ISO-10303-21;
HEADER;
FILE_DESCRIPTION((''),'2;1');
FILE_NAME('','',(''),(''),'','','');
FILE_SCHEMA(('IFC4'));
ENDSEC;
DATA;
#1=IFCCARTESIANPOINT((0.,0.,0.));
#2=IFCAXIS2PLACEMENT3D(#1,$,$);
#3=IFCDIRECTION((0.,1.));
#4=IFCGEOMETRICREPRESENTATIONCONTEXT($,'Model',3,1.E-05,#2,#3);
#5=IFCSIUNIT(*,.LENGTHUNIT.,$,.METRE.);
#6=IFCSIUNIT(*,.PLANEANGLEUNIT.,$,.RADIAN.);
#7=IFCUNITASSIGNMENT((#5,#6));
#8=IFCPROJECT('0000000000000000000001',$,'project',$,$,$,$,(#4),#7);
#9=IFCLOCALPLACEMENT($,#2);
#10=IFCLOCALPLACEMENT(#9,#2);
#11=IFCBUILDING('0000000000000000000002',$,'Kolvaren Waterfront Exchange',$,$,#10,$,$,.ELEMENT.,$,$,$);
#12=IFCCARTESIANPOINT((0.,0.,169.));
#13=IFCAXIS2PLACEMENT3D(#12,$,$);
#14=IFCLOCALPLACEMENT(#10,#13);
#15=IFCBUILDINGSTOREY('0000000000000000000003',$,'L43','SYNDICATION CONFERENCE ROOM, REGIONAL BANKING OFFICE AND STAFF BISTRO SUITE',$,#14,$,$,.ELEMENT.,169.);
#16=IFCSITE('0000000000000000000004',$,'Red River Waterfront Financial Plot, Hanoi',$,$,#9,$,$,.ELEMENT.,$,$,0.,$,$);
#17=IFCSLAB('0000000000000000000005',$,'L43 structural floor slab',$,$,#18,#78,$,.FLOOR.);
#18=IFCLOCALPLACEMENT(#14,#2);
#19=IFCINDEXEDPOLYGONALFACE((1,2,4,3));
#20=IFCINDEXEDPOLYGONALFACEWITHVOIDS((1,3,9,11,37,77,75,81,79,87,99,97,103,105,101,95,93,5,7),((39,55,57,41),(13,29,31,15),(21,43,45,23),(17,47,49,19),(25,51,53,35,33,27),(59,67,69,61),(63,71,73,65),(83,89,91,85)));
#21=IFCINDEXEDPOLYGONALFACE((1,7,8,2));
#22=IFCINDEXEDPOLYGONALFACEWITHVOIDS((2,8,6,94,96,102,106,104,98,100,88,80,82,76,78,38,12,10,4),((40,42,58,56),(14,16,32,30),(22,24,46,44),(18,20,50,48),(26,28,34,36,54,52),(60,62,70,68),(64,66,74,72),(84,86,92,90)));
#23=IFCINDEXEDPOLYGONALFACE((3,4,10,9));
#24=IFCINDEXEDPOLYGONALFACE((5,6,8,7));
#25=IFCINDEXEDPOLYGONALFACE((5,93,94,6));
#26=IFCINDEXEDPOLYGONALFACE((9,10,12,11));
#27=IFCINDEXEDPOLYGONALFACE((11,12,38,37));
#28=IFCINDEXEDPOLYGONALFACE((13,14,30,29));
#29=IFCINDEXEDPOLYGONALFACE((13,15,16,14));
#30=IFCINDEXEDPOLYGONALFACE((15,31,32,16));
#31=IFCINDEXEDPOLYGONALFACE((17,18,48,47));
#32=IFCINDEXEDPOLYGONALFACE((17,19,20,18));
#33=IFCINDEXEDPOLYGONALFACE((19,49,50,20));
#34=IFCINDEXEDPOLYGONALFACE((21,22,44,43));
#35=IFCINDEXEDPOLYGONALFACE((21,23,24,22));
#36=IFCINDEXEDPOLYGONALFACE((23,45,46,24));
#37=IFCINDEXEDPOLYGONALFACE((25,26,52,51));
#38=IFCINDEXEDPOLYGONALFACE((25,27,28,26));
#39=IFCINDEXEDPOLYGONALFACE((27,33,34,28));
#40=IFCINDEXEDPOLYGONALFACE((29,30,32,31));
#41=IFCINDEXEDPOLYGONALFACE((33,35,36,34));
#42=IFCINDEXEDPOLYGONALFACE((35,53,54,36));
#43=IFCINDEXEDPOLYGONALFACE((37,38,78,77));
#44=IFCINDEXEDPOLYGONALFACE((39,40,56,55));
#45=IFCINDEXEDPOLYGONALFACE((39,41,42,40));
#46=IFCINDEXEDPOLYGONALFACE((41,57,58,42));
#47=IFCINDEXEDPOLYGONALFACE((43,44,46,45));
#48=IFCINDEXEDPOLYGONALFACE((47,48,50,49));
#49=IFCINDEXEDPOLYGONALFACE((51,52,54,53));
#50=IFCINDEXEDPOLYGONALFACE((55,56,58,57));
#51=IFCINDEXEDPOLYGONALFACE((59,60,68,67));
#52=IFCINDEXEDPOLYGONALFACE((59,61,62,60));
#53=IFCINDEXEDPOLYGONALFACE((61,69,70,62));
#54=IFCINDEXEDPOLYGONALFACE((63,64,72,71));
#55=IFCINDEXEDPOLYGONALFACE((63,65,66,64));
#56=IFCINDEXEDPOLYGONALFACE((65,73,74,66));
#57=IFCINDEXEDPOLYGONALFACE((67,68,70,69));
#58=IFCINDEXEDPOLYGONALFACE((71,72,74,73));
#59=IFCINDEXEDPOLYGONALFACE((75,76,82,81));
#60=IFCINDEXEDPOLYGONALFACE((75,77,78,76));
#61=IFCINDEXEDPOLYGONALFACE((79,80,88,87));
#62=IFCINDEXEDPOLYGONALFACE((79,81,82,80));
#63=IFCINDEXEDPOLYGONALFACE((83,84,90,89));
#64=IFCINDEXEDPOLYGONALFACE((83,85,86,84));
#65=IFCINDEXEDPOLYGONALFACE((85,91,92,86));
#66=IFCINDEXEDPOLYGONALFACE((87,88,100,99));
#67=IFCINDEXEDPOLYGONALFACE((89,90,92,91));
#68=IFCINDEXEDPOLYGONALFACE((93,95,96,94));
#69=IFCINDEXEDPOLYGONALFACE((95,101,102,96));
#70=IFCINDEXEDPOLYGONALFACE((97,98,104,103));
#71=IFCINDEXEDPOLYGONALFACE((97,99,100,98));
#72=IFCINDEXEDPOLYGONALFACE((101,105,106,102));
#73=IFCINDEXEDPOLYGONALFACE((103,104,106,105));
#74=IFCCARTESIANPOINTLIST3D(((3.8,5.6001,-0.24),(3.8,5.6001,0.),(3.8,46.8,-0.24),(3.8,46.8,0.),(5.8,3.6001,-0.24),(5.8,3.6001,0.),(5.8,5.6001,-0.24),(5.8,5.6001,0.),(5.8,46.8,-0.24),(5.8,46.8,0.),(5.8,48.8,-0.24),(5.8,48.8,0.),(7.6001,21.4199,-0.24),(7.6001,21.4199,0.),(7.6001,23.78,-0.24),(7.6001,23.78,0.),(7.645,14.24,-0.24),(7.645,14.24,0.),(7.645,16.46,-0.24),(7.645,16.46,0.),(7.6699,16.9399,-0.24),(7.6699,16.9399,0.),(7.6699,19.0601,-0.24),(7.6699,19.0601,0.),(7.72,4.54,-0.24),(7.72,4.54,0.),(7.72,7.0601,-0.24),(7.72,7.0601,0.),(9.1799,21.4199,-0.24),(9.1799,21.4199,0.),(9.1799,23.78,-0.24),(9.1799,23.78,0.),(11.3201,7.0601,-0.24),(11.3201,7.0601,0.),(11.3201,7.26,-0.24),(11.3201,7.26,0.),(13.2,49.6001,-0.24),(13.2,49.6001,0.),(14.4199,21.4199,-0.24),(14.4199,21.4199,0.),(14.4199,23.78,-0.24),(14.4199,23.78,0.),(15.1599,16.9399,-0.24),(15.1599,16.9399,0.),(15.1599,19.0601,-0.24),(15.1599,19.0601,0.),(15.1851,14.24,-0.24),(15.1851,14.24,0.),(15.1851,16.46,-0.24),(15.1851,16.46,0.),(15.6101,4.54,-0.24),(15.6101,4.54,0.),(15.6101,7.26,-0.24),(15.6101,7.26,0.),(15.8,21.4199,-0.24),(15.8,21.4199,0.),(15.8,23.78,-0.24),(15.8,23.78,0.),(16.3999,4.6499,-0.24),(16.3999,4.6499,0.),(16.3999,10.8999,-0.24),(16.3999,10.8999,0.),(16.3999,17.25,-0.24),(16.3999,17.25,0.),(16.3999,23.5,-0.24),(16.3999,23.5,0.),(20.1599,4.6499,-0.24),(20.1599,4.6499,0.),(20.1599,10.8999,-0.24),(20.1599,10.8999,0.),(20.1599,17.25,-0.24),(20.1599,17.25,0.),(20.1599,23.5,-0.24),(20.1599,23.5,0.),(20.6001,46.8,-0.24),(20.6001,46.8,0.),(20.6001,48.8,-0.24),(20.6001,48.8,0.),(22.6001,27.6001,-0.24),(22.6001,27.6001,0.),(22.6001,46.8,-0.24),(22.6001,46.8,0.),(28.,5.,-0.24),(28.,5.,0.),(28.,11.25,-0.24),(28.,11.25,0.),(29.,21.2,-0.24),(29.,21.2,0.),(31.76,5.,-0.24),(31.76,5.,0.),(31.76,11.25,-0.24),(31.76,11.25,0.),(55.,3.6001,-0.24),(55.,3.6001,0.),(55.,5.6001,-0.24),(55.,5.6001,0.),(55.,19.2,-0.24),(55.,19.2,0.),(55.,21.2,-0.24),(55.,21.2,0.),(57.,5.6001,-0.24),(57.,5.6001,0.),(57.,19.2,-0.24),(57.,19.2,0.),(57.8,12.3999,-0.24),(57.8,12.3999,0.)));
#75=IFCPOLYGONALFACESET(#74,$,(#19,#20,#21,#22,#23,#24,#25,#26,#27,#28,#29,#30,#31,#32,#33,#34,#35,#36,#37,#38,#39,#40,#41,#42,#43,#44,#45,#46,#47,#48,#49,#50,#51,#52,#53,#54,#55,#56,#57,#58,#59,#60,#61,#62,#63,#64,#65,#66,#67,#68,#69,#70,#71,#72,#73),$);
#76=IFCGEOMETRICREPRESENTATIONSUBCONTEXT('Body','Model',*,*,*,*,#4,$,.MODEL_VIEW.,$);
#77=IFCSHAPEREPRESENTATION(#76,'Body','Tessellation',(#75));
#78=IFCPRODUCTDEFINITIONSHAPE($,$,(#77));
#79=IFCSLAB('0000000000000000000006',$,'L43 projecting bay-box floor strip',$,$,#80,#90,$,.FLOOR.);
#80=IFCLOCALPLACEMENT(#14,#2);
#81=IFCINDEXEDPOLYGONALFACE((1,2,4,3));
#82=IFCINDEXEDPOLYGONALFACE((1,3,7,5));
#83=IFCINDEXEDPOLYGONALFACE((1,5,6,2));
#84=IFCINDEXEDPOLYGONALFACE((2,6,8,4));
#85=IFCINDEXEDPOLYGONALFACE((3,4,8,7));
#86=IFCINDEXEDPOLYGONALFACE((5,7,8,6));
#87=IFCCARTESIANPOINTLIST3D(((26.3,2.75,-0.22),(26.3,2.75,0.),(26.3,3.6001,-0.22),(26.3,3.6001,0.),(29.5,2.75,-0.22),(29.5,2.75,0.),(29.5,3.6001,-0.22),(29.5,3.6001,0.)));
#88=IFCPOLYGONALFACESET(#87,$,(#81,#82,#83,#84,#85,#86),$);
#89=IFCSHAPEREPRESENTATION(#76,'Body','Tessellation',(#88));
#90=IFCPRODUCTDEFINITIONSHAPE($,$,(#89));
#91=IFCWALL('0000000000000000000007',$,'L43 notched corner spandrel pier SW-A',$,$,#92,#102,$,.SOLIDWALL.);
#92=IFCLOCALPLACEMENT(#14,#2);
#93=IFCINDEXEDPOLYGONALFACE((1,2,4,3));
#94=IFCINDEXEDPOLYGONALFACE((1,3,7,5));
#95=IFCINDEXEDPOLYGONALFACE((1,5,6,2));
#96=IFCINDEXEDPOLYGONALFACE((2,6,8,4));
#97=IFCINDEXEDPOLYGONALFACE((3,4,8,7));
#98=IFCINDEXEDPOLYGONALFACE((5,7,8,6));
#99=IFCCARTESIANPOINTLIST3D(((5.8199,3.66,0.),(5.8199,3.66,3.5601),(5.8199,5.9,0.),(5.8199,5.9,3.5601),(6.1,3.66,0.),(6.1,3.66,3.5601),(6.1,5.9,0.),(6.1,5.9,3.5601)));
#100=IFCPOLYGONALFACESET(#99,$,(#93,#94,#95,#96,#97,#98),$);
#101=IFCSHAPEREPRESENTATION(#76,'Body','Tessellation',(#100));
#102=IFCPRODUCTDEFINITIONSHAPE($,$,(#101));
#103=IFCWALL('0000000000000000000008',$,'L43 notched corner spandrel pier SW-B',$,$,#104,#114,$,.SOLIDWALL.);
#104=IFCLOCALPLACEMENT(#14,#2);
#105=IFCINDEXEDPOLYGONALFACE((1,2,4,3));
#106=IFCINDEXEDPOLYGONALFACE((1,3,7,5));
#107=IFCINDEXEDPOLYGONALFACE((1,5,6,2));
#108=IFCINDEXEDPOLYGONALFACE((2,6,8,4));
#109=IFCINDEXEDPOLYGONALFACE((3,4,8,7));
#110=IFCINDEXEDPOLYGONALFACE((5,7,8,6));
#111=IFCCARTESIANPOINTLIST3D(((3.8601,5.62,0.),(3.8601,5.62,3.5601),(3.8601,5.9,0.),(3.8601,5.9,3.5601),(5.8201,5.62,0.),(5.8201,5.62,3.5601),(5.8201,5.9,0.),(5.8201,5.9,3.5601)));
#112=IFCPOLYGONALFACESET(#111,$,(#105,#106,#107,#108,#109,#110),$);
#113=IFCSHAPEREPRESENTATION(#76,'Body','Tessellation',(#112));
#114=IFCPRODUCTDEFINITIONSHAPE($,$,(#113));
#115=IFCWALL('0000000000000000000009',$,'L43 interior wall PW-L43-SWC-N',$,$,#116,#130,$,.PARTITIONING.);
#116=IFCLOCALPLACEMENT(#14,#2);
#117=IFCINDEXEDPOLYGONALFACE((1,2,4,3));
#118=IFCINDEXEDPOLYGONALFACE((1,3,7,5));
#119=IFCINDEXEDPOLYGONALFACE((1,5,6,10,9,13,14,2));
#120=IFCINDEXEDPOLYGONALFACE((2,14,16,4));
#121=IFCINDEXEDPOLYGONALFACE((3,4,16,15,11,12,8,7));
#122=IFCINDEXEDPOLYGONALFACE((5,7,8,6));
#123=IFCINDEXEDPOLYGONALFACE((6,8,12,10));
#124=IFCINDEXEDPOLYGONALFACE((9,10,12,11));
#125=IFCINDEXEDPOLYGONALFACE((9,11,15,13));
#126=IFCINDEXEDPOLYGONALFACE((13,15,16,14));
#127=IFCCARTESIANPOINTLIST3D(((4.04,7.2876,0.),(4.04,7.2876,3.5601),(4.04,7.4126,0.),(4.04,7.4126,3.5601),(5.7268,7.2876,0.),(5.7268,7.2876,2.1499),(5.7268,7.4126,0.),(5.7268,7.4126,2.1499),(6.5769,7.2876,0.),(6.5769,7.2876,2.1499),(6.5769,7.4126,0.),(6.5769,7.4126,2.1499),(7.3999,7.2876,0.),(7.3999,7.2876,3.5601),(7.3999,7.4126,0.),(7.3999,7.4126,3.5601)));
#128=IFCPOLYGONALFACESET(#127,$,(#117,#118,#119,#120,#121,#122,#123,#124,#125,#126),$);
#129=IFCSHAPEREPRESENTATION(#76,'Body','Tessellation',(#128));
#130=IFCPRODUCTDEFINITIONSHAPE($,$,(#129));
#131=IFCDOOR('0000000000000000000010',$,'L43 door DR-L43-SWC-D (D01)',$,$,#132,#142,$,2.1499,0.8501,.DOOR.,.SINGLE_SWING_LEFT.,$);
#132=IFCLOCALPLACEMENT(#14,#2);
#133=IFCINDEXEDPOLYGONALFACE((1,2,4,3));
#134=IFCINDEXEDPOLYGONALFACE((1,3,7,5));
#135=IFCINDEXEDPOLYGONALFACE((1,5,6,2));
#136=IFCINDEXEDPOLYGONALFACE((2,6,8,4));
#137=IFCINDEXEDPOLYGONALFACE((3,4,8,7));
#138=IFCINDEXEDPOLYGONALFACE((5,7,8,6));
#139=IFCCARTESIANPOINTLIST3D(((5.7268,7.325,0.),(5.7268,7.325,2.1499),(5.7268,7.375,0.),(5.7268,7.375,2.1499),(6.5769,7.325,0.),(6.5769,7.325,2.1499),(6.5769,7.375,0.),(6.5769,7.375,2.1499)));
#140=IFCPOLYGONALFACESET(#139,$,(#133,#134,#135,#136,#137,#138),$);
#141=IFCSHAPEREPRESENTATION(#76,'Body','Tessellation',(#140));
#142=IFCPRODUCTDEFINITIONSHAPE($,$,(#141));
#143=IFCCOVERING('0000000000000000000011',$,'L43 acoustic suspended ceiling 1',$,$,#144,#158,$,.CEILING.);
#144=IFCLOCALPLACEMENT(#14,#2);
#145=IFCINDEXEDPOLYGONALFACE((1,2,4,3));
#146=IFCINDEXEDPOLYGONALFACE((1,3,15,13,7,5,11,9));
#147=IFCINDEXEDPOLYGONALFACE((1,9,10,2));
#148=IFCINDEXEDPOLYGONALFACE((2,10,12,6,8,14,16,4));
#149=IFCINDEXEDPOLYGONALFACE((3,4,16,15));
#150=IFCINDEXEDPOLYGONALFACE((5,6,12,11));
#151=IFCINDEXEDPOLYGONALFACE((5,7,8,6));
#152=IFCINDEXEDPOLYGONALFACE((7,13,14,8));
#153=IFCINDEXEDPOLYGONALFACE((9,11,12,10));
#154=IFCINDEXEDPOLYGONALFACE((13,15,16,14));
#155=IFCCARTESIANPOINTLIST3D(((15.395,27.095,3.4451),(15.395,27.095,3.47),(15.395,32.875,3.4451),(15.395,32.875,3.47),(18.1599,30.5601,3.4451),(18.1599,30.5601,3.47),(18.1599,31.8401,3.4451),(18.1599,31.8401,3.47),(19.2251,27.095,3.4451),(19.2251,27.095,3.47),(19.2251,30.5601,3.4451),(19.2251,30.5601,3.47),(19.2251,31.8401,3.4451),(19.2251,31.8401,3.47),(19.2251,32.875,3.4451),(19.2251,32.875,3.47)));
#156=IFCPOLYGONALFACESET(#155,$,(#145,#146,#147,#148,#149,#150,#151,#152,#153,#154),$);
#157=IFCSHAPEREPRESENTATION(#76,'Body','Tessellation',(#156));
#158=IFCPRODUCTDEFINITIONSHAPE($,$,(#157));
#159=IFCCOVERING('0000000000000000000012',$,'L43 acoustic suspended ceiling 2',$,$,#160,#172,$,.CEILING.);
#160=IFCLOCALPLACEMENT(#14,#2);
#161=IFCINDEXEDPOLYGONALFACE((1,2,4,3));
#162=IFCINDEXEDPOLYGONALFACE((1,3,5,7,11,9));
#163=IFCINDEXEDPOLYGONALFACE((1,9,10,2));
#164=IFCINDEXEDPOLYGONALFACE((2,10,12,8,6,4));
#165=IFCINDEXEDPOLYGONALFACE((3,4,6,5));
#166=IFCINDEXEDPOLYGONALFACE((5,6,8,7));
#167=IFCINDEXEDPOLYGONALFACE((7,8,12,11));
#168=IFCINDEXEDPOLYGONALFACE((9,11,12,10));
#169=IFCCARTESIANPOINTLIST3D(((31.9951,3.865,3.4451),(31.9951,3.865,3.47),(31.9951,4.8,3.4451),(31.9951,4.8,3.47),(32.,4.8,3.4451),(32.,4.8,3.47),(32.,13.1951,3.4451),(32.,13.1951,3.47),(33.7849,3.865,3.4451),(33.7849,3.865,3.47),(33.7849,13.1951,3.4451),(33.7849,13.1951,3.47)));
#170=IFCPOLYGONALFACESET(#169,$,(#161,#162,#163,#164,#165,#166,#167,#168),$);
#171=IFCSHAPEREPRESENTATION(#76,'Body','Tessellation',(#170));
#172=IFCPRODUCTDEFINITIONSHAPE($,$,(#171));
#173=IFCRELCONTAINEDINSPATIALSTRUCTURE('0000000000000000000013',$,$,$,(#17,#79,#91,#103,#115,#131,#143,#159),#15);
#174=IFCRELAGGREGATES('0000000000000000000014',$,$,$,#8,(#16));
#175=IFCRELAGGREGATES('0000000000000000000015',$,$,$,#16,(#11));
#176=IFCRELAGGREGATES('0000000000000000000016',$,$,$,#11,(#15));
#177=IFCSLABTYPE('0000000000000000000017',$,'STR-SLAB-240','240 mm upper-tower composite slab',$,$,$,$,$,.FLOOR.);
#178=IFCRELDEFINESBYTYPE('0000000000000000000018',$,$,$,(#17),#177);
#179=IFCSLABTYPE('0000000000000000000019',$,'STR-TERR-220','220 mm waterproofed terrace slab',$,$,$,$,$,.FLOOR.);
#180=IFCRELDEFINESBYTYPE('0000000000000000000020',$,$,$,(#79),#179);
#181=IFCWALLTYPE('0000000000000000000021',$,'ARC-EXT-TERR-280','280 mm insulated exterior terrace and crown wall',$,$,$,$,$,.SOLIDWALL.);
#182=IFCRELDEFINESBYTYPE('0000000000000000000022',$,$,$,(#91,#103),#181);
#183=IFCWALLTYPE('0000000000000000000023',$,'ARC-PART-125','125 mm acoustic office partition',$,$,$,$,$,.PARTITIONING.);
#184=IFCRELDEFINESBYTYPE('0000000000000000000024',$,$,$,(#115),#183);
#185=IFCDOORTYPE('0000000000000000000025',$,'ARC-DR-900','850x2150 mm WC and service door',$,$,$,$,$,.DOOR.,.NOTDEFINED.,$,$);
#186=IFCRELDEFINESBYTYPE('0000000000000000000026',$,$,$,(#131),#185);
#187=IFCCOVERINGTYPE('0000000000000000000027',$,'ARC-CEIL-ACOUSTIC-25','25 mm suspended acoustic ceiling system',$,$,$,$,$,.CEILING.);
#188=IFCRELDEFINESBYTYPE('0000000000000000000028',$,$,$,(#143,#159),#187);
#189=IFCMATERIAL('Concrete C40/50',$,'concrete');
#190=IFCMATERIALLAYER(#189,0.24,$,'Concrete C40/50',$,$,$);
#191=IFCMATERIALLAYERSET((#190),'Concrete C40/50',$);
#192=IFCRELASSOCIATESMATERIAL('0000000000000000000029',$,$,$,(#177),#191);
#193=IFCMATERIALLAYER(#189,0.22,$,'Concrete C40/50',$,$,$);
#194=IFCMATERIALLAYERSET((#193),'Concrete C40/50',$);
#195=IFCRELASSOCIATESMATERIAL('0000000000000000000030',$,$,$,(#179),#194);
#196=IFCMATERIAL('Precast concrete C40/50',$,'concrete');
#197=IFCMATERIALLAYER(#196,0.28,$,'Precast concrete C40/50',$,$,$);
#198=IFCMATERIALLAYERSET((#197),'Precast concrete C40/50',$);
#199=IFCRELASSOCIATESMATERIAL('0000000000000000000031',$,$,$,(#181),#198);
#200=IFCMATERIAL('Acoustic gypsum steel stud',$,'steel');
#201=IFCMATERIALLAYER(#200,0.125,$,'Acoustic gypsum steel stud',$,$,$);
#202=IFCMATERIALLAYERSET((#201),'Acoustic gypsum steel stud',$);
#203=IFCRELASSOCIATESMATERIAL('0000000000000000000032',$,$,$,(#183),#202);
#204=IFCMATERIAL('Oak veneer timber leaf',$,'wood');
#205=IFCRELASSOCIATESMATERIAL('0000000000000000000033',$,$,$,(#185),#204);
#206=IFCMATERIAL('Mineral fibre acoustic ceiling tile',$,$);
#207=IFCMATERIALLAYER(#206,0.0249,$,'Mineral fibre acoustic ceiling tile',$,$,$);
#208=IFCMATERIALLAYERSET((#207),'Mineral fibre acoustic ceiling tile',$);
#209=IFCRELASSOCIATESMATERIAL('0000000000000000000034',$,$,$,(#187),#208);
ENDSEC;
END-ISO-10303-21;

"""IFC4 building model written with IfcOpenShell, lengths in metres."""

from ifc_helpers import new_model, si_unit, direction, frame, frame_2d, origin, place, context, subcontext, project, spatial, polyline, rectangle, outline, extrude, material, layer, layer_set, type_object, element, fill, save


model = new_model("IFC4")

# Units and contexts
model_context = context("Model", 3, precision=1e-05, world=origin(), true_north=direction((0.0, 1.0)))
body_context = subcontext(model_context, "Body", "Model", "MODEL_VIEW")
ifc_project = project(units=[si_unit("LENGTHUNIT", "METRE"), si_unit("PLANEANGLEUNIT", "RADIAN")], contexts=[model_context])

# Site, building, storey
site_placement = place(None, origin())
site = spatial("IfcSite", under=ifc_project, at=site_placement, Name="Red River Waterfront Financial Plot, Hanoi", CompositionType="ELEMENT", RefElevation=0.0)
building_placement = place(site_placement, origin())
building = spatial("IfcBuilding", under=site, at=building_placement, Name="Kolvaren Waterfront Exchange", CompositionType="ELEMENT")
storey_placement = place(building_placement, frame((0.0, 0.0, 169.0)))
storey = spatial("IfcBuildingStorey", under=building, at=storey_placement, Name="L43", Description="SYNDICATION CONFERENCE ROOM, REGIONAL BANKING OFFICE AND STAFF BISTRO SUITE", CompositionType="ELEMENT", Elevation=169.0)

# Shared definitions
ifc_material_1 = material(Name="Concrete C40/50", Category="concrete")

# Slabs
ifc_layer_1 = layer(ifc_material_1, 0.24, Name="Concrete C40/50")
ifc_layer_set_1 = layer_set([ifc_layer_1], Name="Concrete C40/50")
slab_type_1 = type_object("IfcSlabType", Name="STR-SLAB-240", Description="240 mm upper-tower composite slab", PredefinedType="FLOOR", material=ifc_layer_set_1)
slab_1_placement = place(storey_placement, frame((0.0, 0.0, -0.24)))
element("IfcSlab", 1, at=slab_1_placement, inside=storey, type_object=slab_type_1, Name="L43 structural floor slab", PredefinedType="FLOOR", context=body_context, shape_type="SweptSolid", body=[
    extrude(outline(polyline([(5.8, 3.6001), (55.0, 3.6001), (55.0, 5.6001), (57.0, 5.6001), (57.8, 12.3999), (57.0, 19.2), (55.0, 19.2), (55.0, 21.2), (29.0, 21.2), (22.6001, 27.6001), (22.6001, 46.8), (20.6001, 46.8), (20.6001, 48.8), (13.2, 49.6001), (5.8, 48.8), (5.8, 46.8), (3.8, 46.8), (3.8, 5.6001), (5.8, 5.6001), (5.8, 3.6001)]), holes=[polyline([(11.3201, 7.26), (15.6101, 7.26), (15.6101, 4.54), (7.72, 4.54), (7.72, 7.0601), (11.3201, 7.0601), (11.3201, 7.26)]), polyline([(20.1599, 10.8999), (20.1599, 4.6499), (16.3999, 4.6499), (16.3999, 10.8999), (20.1599, 10.8999)]), polyline([(31.76, 11.25), (31.76, 5.0), (28.0, 5.0), (28.0, 11.25), (31.76, 11.25)]), polyline([(15.1851, 14.24), (7.645, 14.24), (7.645, 16.46), (15.1851, 16.46), (15.1851, 14.24)]), polyline([(15.1599, 16.9399), (7.6699, 16.9399), (7.6699, 19.0601), (15.1599, 19.0601), (15.1599, 16.9399)]), polyline([(16.3999, 23.5), (20.1599, 23.5), (20.1599, 17.25), (16.3999, 17.25), (16.3999, 23.5)]), polyline([(7.6001, 23.78), (9.1799, 23.78), (9.1799, 21.4199), (7.6001, 21.4199), (7.6001, 23.78)]), polyline([(15.8, 23.78), (15.8, 21.4199), (14.4199, 21.4199), (14.4199, 23.78), (15.8, 23.78)])]), origin(), (0.0, 0.0, 1.0), 0.24),
])
ifc_layer_2 = layer(ifc_material_1, 0.22, Name="Concrete C40/50")
ifc_layer_set_2 = layer_set([ifc_layer_2], Name="Concrete C40/50")
slab_type_2 = type_object("IfcSlabType", Name="STR-TERR-220", Description="220 mm waterproofed terrace slab", PredefinedType="FLOOR", material=ifc_layer_set_2)
slab_2_placement = place(storey_placement, frame((0.0, 0.0, -0.22)))
element("IfcSlab", 2, at=slab_2_placement, inside=storey, type_object=slab_type_2, Name="L43 projecting bay-box floor strip", PredefinedType="FLOOR", context=body_context, shape_type="SweptSolid", body=[
    extrude(outline(polyline([(26.3, 2.75), (29.5, 2.75), (29.5, 3.6001), (26.3, 3.6001), (26.3, 2.75)])), origin(), (0.0, 0.0, 1.0), 0.22),
])

# Walls
ifc_material_2 = material(Name="Precast concrete C40/50", Category="concrete")
ifc_layer_3 = layer(ifc_material_2, 0.28, Name="Precast concrete C40/50")
ifc_layer_set_3 = layer_set([ifc_layer_3], Name="Precast concrete C40/50")
wall_type_1 = type_object("IfcWallType", Name="ARC-EXT-TERR-280", Description="280 mm insulated exterior terrace and crown wall", PredefinedType="SOLIDWALL", material=ifc_layer_set_3)
wall_1_placement = place(storey_placement, frame((5.96, 3.6599, 0.0), z_axis=(0.0, 0.0, 1.0), x_axis=(0.0, 1.0, 0.0)))
element("IfcWall", 3, at=wall_1_placement, inside=storey, type_object=wall_type_1, Name="L43 notched corner spandrel pier SW-A", PredefinedType="SOLIDWALL", context=body_context, shape_type="SweptSolid", body=[
    extrude(rectangle(XDim=2.24, YDim=0.28, at=frame_2d((1.1201, 0.0))), origin(), (0.0, 0.0, 1.0), 3.5601),
])
wall_2_placement = place(storey_placement, frame((3.8601, 5.76, 0.0), z_axis=(0.0, 0.0, 1.0), x_axis=(1.0, 0.0, 0.0)))
element("IfcWall", 4, at=wall_2_placement, inside=storey, type_object=wall_type_1, Name="L43 notched corner spandrel pier SW-B", PredefinedType="SOLIDWALL", context=body_context, shape_type="SweptSolid", body=[
    extrude(rectangle(XDim=1.96, YDim=0.28, at=frame_2d((0.98, 0.0))), origin(), (0.0, 0.0, 1.0), 3.5601),
])

# Wall, opening, door
ifc_material_3 = material(Name="Acoustic gypsum steel stud", Category="steel")
ifc_layer_4 = layer(ifc_material_3, 0.125, Name="Acoustic gypsum steel stud")
ifc_layer_set_4 = layer_set([ifc_layer_4], Name="Acoustic gypsum steel stud")
wall_type_2 = type_object("IfcWallType", Name="ARC-PART-125", Description="125 mm acoustic office partition", PredefinedType="PARTITIONING", material=ifc_layer_set_4)
wall_3_placement = place(storey_placement, frame((4.04, 7.3501, 0.0), z_axis=(0.0, 0.0, 1.0), x_axis=(1.0, 0.0, 0.0)))
wall_3 = element("IfcWall", 5, at=wall_3_placement, inside=storey, type_object=wall_type_2, Name="L43 interior wall PW-L43-SWC-N", PredefinedType="PARTITIONING", context=body_context, shape_type="SweptSolid", body=[
    extrude(rectangle(XDim=3.3599, YDim=0.125, at=frame_2d((1.6799, 0.0))), origin(), (0.0, 0.0, 1.0), 3.5601),
])
opening_placement = place(wall_3_placement, frame((1.6868, 0.0, 0.0)))
opening = element("IfcOpeningElement", 6, at=opening_placement, cuts=wall_3, PredefinedType="OPENING", context=body_context, shape_type="SweptSolid", body=[
    extrude(rectangle(XDim=0.8501, YDim=2.1499, at=frame_2d((0.425, 1.075))), frame((0.0, 0.0725, 0.0), z_axis=(0.0, -1.0, 0.0), x_axis=(1.0, 0.0, 0.0)), (0.0, 0.0, 1.0), 0.145),
])
ifc_material_4 = material(Name="Oak veneer timber leaf", Category="wood")
door_type = type_object("IfcDoorType", Name="ARC-DR-900", Description="850x2150 mm WC and service door", OperationType="NOTDEFINED", PredefinedType="DOOR", material=ifc_material_4)
door_placement = place(opening_placement, origin())
door = element("IfcDoor", 7, at=door_placement, inside=storey, type_object=door_type, Name="L43 door DR-L43-SWC-D (D01)", OperationType="SINGLE_SWING_LEFT", OverallHeight=2.1499, OverallWidth=0.8501, PredefinedType="DOOR", context=body_context, shape_type="SweptSolid", body=[
    extrude(rectangle(XDim=0.8501, YDim=2.1499, at=frame_2d((0.425, 1.075))), frame((0.0, 0.0249, 0.0), z_axis=(0.0, -1.0, 0.0), x_axis=(1.0, 0.0, 0.0)), (0.0, 0.0, 1.0), 0.05),
])
fill(opening, door)

# Coverings
ifc_material_5 = material(Name="Mineral fibre acoustic ceiling tile")
ifc_layer_5 = layer(ifc_material_5, 0.0249, Name="Mineral fibre acoustic ceiling tile")
ifc_layer_set_5 = layer_set([ifc_layer_5], Name="Mineral fibre acoustic ceiling tile")
covering_type_1 = type_object("IfcCoveringType", Name="ARC-CEIL-ACOUSTIC-25", Description="25 mm suspended acoustic ceiling system", PredefinedType="CEILING", material=ifc_layer_set_5)
covering_1_placement = place(storey_placement, frame((0.0, 0.0, 3.4451)))
element("IfcCovering", 8, at=covering_1_placement, inside=storey, type_object=covering_type_1, Name="L43 acoustic suspended ceiling 1", PredefinedType="CEILING", context=body_context, shape_type="SweptSolid", body=[
    extrude(outline(polyline([(19.2251, 30.5601), (18.1599, 30.5601), (18.1599, 31.8401), (19.2251, 31.8401), (19.2251, 32.875), (15.395, 32.875), (15.395, 27.095), (19.2251, 27.095), (19.2251, 30.5601)])), origin(), (0.0, 0.0, 1.0), 0.0249),
])
covering_2_placement = place(storey_placement, frame((0.0, 0.0, 3.4451)))
element("IfcCovering", 9, at=covering_2_placement, inside=storey, type_object=covering_type_1, Name="L43 acoustic suspended ceiling 2", PredefinedType="CEILING", context=body_context, shape_type="SweptSolid", body=[
    extrude(outline(polyline([(33.7849, 3.865), (33.7849, 13.1951), (32.0, 13.1951), (32.0, 4.8), (31.9951, 4.8), (31.9951, 3.865), (33.7849, 3.865)])), origin(), (0.0, 0.0, 1.0), 0.0249),
])

save(model, "model.ifc")
